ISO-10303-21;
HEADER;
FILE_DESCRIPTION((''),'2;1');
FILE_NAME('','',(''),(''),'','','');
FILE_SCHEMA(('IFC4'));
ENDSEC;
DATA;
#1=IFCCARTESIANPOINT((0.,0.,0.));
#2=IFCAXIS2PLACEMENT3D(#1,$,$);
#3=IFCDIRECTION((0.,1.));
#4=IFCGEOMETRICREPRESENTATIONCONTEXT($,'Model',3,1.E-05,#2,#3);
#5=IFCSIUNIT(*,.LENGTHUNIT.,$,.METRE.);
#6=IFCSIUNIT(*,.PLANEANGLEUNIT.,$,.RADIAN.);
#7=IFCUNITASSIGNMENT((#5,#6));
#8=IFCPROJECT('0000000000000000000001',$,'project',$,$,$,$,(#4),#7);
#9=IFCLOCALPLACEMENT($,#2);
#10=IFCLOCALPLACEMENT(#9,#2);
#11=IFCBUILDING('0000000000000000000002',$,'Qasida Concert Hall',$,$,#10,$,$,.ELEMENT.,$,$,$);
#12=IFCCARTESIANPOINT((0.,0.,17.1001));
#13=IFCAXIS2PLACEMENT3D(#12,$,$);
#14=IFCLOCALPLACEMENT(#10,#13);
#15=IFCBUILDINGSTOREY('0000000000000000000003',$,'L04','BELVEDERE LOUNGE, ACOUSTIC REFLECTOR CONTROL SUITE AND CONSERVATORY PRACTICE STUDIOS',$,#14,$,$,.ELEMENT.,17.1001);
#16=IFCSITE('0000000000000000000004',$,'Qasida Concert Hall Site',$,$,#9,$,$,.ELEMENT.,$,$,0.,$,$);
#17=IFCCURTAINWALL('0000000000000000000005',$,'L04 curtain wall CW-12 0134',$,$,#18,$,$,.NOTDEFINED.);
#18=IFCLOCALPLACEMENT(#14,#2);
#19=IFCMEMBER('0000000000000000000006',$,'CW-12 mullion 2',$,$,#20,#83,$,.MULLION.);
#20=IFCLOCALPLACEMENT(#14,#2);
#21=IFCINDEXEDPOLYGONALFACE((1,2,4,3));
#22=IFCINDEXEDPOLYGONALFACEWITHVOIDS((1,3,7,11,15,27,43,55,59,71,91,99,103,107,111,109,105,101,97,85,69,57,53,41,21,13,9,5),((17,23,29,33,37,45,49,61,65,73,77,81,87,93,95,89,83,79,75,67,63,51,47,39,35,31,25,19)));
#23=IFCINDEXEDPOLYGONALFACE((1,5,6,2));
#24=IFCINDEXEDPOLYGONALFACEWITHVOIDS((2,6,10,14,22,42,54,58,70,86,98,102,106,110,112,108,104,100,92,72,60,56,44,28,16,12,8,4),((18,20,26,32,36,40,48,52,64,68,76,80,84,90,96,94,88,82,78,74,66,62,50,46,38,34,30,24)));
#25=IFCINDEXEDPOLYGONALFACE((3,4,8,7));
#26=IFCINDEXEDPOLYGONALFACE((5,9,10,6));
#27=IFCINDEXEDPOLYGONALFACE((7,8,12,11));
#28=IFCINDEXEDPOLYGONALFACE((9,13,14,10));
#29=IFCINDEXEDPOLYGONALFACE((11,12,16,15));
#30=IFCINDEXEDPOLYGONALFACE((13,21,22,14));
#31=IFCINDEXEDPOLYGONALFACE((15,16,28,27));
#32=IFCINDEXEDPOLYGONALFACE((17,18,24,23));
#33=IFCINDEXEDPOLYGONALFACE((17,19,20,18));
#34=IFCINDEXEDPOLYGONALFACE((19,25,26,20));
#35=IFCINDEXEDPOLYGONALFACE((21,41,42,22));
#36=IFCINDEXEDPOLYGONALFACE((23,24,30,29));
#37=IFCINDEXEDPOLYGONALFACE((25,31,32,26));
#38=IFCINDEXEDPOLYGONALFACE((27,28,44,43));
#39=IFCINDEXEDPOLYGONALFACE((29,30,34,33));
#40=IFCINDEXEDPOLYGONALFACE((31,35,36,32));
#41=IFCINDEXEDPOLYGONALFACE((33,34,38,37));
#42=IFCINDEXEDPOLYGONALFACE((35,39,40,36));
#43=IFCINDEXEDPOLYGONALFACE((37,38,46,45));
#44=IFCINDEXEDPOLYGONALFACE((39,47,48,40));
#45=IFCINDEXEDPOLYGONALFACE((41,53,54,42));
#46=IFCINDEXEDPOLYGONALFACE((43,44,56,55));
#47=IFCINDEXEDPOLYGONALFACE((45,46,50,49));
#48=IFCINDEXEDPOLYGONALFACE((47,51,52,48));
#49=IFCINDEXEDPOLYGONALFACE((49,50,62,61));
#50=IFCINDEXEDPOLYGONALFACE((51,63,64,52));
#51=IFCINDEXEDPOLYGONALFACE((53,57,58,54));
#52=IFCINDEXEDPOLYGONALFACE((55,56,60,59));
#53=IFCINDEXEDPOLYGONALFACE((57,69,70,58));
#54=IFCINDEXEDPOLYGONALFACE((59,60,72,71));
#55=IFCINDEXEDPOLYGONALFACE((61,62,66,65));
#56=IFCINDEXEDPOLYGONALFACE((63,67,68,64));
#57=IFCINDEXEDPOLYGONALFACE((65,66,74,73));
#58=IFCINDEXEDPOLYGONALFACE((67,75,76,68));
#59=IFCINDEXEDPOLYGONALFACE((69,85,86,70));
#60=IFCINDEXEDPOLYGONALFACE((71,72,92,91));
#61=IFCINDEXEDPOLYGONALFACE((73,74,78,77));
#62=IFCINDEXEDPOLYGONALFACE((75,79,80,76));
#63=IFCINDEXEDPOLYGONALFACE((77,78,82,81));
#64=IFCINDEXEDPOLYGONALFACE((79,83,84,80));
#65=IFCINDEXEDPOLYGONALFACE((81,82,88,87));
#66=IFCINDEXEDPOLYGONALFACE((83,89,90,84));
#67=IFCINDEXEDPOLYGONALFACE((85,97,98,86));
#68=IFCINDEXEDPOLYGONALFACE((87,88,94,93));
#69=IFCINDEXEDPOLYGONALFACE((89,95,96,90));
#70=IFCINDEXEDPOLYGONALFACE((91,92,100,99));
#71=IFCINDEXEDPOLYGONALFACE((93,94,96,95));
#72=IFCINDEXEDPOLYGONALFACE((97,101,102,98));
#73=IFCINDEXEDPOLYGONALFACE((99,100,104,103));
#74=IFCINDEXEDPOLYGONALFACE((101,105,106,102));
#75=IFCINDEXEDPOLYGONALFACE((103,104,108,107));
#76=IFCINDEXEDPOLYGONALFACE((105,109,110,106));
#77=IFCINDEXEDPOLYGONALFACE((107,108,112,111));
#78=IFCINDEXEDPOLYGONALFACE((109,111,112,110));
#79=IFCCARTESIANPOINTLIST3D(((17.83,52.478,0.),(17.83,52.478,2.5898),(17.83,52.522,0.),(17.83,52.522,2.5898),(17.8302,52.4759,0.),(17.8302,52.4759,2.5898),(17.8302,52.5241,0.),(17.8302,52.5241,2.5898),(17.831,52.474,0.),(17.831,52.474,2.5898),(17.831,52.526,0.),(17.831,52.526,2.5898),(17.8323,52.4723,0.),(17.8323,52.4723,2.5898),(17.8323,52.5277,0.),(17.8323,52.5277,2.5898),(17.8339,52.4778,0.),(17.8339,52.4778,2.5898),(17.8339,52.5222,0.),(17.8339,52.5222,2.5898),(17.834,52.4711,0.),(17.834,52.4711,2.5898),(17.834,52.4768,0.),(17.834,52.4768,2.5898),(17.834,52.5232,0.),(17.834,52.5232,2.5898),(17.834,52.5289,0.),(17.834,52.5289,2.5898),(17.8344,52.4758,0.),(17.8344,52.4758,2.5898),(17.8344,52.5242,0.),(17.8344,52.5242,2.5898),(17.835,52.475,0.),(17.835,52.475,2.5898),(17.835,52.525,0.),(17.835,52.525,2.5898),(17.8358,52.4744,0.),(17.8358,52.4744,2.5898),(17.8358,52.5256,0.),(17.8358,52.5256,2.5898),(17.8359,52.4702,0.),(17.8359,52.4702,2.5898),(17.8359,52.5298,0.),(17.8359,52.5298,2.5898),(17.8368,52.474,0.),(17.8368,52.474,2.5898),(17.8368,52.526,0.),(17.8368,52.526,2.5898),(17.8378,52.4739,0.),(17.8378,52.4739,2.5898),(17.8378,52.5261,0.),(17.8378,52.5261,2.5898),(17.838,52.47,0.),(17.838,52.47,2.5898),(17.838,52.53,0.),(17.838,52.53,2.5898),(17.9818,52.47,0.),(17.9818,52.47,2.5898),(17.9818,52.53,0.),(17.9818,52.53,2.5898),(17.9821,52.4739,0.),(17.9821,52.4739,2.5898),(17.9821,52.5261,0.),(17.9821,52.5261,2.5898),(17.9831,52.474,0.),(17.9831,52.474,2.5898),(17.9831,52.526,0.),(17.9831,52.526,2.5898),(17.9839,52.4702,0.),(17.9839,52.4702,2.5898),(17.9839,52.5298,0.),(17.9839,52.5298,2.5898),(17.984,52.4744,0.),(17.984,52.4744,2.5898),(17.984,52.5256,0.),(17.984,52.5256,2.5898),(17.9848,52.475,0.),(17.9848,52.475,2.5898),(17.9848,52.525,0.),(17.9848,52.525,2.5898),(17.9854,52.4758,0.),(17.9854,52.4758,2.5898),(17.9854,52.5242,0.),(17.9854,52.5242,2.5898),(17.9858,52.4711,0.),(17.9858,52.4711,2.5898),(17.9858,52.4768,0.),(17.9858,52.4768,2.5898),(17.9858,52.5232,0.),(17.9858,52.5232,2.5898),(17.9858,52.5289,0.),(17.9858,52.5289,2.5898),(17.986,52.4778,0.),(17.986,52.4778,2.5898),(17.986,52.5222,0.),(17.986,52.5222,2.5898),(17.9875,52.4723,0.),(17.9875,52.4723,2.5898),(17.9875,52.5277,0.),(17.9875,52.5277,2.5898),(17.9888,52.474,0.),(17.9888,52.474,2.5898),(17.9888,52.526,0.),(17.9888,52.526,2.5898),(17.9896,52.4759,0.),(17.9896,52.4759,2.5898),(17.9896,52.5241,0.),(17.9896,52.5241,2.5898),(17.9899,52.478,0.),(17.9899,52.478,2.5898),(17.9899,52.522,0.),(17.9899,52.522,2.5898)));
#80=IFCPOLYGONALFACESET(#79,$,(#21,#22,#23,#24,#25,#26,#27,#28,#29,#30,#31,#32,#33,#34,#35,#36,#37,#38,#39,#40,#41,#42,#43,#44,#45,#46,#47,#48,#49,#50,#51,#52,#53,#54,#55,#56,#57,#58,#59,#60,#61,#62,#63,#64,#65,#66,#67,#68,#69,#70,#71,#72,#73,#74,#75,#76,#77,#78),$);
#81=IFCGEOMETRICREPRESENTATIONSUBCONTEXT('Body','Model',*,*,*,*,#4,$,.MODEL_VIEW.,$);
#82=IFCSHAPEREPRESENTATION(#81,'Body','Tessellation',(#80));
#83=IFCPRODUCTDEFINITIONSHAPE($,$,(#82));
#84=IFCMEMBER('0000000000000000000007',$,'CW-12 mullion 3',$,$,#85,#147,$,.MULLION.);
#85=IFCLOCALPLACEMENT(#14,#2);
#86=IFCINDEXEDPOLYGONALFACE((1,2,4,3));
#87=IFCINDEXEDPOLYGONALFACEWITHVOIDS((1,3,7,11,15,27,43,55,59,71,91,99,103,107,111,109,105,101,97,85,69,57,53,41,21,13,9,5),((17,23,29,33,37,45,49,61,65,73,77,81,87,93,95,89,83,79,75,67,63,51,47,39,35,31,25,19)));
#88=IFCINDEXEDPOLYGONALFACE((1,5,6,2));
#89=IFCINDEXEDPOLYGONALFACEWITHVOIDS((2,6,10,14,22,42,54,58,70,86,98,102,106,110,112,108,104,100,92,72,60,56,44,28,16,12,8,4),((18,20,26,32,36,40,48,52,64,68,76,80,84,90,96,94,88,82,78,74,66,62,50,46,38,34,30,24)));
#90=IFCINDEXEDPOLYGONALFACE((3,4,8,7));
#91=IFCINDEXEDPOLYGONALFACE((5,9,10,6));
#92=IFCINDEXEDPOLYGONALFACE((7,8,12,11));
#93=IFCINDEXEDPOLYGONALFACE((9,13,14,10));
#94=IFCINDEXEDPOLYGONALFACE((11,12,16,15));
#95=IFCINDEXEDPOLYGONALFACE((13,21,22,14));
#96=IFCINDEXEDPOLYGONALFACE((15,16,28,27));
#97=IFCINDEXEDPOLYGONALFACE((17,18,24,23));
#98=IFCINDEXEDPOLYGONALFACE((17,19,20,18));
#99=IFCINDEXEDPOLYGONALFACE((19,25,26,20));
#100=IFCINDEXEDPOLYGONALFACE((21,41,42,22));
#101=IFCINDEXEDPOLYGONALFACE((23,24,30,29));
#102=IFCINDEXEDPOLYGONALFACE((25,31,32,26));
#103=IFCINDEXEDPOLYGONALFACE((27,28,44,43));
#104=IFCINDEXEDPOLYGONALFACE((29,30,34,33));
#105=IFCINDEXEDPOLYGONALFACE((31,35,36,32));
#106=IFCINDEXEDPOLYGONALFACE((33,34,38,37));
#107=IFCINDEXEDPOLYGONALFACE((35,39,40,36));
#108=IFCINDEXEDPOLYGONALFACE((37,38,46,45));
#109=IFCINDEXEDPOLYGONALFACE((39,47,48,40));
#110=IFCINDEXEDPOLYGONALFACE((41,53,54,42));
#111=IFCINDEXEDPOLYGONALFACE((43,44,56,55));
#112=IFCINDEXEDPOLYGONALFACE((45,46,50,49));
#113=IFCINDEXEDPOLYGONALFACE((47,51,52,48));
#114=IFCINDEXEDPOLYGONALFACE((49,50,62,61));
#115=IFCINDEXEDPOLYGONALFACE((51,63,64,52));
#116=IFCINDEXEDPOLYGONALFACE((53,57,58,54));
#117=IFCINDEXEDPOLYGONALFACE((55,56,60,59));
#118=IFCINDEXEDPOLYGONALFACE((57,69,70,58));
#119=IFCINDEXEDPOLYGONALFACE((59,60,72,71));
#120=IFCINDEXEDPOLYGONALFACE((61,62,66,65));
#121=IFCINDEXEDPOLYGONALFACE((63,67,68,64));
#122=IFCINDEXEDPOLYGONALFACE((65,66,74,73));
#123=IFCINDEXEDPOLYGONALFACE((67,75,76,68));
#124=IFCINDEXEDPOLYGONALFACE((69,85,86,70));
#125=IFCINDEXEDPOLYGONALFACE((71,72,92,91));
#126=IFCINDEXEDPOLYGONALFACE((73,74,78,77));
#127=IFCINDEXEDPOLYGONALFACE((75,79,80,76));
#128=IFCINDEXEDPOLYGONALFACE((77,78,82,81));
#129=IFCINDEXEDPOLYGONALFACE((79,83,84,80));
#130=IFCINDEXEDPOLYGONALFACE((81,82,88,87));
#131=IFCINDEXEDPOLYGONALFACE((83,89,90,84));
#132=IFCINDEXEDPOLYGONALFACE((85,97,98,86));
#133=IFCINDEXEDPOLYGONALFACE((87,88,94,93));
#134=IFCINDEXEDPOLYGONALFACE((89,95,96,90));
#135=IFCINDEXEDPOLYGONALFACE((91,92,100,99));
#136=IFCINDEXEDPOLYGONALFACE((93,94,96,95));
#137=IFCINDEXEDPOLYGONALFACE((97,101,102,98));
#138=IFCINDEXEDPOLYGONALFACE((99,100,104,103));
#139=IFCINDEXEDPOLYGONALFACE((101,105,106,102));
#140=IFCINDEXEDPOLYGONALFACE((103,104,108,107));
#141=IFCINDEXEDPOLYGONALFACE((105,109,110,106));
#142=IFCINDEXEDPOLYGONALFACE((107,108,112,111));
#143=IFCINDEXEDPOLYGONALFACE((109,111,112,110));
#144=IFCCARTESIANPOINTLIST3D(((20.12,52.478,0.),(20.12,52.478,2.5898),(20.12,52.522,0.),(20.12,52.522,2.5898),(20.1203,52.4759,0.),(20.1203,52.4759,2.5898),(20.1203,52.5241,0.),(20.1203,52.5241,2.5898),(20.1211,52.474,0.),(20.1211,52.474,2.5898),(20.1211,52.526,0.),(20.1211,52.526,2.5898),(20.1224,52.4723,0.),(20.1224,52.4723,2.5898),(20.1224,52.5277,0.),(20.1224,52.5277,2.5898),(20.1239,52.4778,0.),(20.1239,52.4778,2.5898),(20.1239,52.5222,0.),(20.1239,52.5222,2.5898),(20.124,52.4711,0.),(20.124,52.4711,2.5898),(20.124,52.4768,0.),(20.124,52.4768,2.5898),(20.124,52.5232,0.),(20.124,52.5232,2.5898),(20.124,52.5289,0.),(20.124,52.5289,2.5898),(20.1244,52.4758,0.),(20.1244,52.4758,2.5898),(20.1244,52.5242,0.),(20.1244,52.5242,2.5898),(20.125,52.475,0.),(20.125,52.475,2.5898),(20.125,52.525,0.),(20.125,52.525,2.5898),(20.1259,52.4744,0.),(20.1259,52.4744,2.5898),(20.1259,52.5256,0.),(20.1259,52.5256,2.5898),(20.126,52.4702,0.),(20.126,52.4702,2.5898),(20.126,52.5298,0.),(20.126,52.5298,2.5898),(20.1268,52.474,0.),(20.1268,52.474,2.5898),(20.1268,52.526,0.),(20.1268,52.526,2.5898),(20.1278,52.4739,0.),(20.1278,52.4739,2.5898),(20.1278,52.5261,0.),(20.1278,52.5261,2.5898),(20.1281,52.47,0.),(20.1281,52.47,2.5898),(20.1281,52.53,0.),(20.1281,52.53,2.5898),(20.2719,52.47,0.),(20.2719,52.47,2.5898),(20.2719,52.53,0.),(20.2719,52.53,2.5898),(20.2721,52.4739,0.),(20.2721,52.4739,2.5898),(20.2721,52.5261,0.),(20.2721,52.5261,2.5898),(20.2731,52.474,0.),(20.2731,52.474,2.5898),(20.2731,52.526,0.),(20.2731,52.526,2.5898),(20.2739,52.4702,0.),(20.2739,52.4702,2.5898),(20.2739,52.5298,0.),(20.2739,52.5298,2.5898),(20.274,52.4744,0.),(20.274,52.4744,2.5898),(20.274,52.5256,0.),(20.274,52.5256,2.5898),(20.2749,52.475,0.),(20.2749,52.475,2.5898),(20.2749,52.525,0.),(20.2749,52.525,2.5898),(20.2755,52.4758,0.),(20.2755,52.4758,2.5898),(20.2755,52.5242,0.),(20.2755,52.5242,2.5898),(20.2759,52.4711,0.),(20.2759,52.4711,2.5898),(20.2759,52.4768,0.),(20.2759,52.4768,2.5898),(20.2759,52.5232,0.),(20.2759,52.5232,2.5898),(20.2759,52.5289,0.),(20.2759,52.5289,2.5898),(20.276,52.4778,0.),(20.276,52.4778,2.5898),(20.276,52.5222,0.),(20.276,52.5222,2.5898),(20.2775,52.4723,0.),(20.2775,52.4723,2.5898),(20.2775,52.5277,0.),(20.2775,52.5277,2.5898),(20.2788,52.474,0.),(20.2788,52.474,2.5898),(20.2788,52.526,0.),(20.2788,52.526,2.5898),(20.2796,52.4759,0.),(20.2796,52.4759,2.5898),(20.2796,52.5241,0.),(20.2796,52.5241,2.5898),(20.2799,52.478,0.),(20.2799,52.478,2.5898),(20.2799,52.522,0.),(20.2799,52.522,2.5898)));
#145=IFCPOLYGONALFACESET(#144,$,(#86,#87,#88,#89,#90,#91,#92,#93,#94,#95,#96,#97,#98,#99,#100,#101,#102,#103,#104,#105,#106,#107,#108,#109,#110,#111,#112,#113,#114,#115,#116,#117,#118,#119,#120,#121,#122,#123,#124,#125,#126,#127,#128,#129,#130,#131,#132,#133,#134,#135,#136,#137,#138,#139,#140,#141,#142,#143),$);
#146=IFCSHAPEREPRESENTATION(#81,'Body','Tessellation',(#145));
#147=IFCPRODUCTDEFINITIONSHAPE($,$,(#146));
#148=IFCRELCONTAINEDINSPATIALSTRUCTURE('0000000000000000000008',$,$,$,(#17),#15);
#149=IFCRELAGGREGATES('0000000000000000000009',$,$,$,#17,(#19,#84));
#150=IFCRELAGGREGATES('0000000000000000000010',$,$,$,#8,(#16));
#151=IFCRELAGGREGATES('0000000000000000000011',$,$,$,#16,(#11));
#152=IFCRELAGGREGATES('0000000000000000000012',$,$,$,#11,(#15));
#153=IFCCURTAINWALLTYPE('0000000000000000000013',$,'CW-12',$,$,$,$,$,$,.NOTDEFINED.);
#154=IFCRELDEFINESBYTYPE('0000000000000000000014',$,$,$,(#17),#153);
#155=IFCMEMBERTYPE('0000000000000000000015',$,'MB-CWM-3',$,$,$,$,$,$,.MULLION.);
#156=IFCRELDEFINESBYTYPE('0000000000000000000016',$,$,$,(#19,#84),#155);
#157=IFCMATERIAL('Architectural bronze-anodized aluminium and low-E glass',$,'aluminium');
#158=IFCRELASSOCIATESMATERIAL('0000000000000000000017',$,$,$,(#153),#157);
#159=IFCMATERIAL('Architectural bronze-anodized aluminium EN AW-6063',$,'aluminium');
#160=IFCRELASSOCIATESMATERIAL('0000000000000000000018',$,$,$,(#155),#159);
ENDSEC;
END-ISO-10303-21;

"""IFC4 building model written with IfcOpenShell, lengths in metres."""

from ifc_helpers import new_model, si_unit, direction, frame, origin, origin_2d, place, context, subcontext, project, spatial, hollow_rectangle, extrude, material, material_profile, profile_set, type_object, element, aggregate, save


model = new_model("IFC4")

# Units and contexts
model_context = context("Model", 3, precision=1e-05, world=origin(), true_north=direction((0.0, 1.0)))
body_context = subcontext(model_context, "Body", "Model", "MODEL_VIEW")
ifc_project = project(units=[si_unit("LENGTHUNIT", "METRE"), si_unit("PLANEANGLEUNIT", "RADIAN")], contexts=[model_context])

# Site, building, storey
site_placement = place(None, origin())
site = spatial("IfcSite", under=ifc_project, at=site_placement, Name="Qasida Concert Hall Site", CompositionType="ELEMENT", RefElevation=0.0)
building_placement = place(site_placement, origin())
building = spatial("IfcBuilding", under=site, at=building_placement, Name="Qasida Concert Hall", CompositionType="ELEMENT")
storey_placement = place(building_placement, frame((0.0, 0.0, 17.1001)))
storey = spatial("IfcBuildingStorey", under=building, at=storey_placement, Name="L04", Description="BELVEDERE LOUNGE, ACOUSTIC REFLECTOR CONTROL SUITE AND CONSERVATORY PRACTICE STUDIOS", CompositionType="ELEMENT", Elevation=17.1001)

# Shared definitions
ifc_material_1 = material(Name="Architectural bronze-anodized aluminium and low-E glass", Category="aluminium")
curtain_wall_type = type_object("IfcCurtainWallType", Name="CW-12", PredefinedType="NOTDEFINED", material=ifc_material_1)
ifc_material_2 = material(Name="Architectural bronze-anodized aluminium EN AW-6063", Category="aluminium")
ifc_material_profile_1 = material_profile(ifc_material_2, hollow_rectangle(XDim=0.0601, YDim=0.1599, WallThickness=0.0039, InnerFilletRadius=0.0039, OuterFilletRadius=0.0081, at=origin_2d()), Name="CWM 160x60x4")
ifc_profile_set_1 = profile_set([ifc_material_profile_1], Name="Architectural bronze-anodized aluminium EN AW-6063")
member_type_1 = type_object("IfcMemberType", Name="MB-CWM-3", PredefinedType="MULLION", material=ifc_profile_set_1)

# Curtain wall, members
curtain_wall_1_placement = place(storey_placement, origin())
curtain_wall_1 = element("IfcCurtainWall", 1, at=curtain_wall_1_placement, inside=storey, type_object=curtain_wall_type, Name="L04 curtain wall CW-12 0134", PredefinedType="NOTDEFINED")
member_1_placement = place(storey_placement, frame((17.9099, 52.5, 0.0), z_axis=(0.0, 0.0, 1.0), x_axis=(0.0, 1.0, 0.0)))
member_1 = element("IfcMember", 2, at=member_1_placement, type_object=member_type_1, Name="CW-12 mullion 2", PredefinedType="MULLION", context=body_context, shape_type="SweptSolid", body=[
    extrude(hollow_rectangle(XDim=0.0601, YDim=0.1599, WallThickness=0.0039, InnerFilletRadius=0.0039, OuterFilletRadius=0.0081, at=origin_2d()), origin(), (0.0, 0.0, 1.0), 2.5898),
])
member_2_placement = place(storey_placement, frame((20.2, 52.5, 0.0), z_axis=(0.0, 0.0, 1.0), x_axis=(0.0, 1.0, 0.0)))
member_2 = element("IfcMember", 3, at=member_2_placement, type_object=member_type_1, Name="CW-12 mullion 3", PredefinedType="MULLION", context=body_context, shape_type="SweptSolid", body=[
    extrude(hollow_rectangle(XDim=0.0601, YDim=0.1599, WallThickness=0.0039, InnerFilletRadius=0.0039, OuterFilletRadius=0.0081, at=origin_2d()), origin(), (0.0, 0.0, 1.0), 2.5898),
])

aggregate(curtain_wall_1, [member_1, member_2])

save(model, "model.ifc")
